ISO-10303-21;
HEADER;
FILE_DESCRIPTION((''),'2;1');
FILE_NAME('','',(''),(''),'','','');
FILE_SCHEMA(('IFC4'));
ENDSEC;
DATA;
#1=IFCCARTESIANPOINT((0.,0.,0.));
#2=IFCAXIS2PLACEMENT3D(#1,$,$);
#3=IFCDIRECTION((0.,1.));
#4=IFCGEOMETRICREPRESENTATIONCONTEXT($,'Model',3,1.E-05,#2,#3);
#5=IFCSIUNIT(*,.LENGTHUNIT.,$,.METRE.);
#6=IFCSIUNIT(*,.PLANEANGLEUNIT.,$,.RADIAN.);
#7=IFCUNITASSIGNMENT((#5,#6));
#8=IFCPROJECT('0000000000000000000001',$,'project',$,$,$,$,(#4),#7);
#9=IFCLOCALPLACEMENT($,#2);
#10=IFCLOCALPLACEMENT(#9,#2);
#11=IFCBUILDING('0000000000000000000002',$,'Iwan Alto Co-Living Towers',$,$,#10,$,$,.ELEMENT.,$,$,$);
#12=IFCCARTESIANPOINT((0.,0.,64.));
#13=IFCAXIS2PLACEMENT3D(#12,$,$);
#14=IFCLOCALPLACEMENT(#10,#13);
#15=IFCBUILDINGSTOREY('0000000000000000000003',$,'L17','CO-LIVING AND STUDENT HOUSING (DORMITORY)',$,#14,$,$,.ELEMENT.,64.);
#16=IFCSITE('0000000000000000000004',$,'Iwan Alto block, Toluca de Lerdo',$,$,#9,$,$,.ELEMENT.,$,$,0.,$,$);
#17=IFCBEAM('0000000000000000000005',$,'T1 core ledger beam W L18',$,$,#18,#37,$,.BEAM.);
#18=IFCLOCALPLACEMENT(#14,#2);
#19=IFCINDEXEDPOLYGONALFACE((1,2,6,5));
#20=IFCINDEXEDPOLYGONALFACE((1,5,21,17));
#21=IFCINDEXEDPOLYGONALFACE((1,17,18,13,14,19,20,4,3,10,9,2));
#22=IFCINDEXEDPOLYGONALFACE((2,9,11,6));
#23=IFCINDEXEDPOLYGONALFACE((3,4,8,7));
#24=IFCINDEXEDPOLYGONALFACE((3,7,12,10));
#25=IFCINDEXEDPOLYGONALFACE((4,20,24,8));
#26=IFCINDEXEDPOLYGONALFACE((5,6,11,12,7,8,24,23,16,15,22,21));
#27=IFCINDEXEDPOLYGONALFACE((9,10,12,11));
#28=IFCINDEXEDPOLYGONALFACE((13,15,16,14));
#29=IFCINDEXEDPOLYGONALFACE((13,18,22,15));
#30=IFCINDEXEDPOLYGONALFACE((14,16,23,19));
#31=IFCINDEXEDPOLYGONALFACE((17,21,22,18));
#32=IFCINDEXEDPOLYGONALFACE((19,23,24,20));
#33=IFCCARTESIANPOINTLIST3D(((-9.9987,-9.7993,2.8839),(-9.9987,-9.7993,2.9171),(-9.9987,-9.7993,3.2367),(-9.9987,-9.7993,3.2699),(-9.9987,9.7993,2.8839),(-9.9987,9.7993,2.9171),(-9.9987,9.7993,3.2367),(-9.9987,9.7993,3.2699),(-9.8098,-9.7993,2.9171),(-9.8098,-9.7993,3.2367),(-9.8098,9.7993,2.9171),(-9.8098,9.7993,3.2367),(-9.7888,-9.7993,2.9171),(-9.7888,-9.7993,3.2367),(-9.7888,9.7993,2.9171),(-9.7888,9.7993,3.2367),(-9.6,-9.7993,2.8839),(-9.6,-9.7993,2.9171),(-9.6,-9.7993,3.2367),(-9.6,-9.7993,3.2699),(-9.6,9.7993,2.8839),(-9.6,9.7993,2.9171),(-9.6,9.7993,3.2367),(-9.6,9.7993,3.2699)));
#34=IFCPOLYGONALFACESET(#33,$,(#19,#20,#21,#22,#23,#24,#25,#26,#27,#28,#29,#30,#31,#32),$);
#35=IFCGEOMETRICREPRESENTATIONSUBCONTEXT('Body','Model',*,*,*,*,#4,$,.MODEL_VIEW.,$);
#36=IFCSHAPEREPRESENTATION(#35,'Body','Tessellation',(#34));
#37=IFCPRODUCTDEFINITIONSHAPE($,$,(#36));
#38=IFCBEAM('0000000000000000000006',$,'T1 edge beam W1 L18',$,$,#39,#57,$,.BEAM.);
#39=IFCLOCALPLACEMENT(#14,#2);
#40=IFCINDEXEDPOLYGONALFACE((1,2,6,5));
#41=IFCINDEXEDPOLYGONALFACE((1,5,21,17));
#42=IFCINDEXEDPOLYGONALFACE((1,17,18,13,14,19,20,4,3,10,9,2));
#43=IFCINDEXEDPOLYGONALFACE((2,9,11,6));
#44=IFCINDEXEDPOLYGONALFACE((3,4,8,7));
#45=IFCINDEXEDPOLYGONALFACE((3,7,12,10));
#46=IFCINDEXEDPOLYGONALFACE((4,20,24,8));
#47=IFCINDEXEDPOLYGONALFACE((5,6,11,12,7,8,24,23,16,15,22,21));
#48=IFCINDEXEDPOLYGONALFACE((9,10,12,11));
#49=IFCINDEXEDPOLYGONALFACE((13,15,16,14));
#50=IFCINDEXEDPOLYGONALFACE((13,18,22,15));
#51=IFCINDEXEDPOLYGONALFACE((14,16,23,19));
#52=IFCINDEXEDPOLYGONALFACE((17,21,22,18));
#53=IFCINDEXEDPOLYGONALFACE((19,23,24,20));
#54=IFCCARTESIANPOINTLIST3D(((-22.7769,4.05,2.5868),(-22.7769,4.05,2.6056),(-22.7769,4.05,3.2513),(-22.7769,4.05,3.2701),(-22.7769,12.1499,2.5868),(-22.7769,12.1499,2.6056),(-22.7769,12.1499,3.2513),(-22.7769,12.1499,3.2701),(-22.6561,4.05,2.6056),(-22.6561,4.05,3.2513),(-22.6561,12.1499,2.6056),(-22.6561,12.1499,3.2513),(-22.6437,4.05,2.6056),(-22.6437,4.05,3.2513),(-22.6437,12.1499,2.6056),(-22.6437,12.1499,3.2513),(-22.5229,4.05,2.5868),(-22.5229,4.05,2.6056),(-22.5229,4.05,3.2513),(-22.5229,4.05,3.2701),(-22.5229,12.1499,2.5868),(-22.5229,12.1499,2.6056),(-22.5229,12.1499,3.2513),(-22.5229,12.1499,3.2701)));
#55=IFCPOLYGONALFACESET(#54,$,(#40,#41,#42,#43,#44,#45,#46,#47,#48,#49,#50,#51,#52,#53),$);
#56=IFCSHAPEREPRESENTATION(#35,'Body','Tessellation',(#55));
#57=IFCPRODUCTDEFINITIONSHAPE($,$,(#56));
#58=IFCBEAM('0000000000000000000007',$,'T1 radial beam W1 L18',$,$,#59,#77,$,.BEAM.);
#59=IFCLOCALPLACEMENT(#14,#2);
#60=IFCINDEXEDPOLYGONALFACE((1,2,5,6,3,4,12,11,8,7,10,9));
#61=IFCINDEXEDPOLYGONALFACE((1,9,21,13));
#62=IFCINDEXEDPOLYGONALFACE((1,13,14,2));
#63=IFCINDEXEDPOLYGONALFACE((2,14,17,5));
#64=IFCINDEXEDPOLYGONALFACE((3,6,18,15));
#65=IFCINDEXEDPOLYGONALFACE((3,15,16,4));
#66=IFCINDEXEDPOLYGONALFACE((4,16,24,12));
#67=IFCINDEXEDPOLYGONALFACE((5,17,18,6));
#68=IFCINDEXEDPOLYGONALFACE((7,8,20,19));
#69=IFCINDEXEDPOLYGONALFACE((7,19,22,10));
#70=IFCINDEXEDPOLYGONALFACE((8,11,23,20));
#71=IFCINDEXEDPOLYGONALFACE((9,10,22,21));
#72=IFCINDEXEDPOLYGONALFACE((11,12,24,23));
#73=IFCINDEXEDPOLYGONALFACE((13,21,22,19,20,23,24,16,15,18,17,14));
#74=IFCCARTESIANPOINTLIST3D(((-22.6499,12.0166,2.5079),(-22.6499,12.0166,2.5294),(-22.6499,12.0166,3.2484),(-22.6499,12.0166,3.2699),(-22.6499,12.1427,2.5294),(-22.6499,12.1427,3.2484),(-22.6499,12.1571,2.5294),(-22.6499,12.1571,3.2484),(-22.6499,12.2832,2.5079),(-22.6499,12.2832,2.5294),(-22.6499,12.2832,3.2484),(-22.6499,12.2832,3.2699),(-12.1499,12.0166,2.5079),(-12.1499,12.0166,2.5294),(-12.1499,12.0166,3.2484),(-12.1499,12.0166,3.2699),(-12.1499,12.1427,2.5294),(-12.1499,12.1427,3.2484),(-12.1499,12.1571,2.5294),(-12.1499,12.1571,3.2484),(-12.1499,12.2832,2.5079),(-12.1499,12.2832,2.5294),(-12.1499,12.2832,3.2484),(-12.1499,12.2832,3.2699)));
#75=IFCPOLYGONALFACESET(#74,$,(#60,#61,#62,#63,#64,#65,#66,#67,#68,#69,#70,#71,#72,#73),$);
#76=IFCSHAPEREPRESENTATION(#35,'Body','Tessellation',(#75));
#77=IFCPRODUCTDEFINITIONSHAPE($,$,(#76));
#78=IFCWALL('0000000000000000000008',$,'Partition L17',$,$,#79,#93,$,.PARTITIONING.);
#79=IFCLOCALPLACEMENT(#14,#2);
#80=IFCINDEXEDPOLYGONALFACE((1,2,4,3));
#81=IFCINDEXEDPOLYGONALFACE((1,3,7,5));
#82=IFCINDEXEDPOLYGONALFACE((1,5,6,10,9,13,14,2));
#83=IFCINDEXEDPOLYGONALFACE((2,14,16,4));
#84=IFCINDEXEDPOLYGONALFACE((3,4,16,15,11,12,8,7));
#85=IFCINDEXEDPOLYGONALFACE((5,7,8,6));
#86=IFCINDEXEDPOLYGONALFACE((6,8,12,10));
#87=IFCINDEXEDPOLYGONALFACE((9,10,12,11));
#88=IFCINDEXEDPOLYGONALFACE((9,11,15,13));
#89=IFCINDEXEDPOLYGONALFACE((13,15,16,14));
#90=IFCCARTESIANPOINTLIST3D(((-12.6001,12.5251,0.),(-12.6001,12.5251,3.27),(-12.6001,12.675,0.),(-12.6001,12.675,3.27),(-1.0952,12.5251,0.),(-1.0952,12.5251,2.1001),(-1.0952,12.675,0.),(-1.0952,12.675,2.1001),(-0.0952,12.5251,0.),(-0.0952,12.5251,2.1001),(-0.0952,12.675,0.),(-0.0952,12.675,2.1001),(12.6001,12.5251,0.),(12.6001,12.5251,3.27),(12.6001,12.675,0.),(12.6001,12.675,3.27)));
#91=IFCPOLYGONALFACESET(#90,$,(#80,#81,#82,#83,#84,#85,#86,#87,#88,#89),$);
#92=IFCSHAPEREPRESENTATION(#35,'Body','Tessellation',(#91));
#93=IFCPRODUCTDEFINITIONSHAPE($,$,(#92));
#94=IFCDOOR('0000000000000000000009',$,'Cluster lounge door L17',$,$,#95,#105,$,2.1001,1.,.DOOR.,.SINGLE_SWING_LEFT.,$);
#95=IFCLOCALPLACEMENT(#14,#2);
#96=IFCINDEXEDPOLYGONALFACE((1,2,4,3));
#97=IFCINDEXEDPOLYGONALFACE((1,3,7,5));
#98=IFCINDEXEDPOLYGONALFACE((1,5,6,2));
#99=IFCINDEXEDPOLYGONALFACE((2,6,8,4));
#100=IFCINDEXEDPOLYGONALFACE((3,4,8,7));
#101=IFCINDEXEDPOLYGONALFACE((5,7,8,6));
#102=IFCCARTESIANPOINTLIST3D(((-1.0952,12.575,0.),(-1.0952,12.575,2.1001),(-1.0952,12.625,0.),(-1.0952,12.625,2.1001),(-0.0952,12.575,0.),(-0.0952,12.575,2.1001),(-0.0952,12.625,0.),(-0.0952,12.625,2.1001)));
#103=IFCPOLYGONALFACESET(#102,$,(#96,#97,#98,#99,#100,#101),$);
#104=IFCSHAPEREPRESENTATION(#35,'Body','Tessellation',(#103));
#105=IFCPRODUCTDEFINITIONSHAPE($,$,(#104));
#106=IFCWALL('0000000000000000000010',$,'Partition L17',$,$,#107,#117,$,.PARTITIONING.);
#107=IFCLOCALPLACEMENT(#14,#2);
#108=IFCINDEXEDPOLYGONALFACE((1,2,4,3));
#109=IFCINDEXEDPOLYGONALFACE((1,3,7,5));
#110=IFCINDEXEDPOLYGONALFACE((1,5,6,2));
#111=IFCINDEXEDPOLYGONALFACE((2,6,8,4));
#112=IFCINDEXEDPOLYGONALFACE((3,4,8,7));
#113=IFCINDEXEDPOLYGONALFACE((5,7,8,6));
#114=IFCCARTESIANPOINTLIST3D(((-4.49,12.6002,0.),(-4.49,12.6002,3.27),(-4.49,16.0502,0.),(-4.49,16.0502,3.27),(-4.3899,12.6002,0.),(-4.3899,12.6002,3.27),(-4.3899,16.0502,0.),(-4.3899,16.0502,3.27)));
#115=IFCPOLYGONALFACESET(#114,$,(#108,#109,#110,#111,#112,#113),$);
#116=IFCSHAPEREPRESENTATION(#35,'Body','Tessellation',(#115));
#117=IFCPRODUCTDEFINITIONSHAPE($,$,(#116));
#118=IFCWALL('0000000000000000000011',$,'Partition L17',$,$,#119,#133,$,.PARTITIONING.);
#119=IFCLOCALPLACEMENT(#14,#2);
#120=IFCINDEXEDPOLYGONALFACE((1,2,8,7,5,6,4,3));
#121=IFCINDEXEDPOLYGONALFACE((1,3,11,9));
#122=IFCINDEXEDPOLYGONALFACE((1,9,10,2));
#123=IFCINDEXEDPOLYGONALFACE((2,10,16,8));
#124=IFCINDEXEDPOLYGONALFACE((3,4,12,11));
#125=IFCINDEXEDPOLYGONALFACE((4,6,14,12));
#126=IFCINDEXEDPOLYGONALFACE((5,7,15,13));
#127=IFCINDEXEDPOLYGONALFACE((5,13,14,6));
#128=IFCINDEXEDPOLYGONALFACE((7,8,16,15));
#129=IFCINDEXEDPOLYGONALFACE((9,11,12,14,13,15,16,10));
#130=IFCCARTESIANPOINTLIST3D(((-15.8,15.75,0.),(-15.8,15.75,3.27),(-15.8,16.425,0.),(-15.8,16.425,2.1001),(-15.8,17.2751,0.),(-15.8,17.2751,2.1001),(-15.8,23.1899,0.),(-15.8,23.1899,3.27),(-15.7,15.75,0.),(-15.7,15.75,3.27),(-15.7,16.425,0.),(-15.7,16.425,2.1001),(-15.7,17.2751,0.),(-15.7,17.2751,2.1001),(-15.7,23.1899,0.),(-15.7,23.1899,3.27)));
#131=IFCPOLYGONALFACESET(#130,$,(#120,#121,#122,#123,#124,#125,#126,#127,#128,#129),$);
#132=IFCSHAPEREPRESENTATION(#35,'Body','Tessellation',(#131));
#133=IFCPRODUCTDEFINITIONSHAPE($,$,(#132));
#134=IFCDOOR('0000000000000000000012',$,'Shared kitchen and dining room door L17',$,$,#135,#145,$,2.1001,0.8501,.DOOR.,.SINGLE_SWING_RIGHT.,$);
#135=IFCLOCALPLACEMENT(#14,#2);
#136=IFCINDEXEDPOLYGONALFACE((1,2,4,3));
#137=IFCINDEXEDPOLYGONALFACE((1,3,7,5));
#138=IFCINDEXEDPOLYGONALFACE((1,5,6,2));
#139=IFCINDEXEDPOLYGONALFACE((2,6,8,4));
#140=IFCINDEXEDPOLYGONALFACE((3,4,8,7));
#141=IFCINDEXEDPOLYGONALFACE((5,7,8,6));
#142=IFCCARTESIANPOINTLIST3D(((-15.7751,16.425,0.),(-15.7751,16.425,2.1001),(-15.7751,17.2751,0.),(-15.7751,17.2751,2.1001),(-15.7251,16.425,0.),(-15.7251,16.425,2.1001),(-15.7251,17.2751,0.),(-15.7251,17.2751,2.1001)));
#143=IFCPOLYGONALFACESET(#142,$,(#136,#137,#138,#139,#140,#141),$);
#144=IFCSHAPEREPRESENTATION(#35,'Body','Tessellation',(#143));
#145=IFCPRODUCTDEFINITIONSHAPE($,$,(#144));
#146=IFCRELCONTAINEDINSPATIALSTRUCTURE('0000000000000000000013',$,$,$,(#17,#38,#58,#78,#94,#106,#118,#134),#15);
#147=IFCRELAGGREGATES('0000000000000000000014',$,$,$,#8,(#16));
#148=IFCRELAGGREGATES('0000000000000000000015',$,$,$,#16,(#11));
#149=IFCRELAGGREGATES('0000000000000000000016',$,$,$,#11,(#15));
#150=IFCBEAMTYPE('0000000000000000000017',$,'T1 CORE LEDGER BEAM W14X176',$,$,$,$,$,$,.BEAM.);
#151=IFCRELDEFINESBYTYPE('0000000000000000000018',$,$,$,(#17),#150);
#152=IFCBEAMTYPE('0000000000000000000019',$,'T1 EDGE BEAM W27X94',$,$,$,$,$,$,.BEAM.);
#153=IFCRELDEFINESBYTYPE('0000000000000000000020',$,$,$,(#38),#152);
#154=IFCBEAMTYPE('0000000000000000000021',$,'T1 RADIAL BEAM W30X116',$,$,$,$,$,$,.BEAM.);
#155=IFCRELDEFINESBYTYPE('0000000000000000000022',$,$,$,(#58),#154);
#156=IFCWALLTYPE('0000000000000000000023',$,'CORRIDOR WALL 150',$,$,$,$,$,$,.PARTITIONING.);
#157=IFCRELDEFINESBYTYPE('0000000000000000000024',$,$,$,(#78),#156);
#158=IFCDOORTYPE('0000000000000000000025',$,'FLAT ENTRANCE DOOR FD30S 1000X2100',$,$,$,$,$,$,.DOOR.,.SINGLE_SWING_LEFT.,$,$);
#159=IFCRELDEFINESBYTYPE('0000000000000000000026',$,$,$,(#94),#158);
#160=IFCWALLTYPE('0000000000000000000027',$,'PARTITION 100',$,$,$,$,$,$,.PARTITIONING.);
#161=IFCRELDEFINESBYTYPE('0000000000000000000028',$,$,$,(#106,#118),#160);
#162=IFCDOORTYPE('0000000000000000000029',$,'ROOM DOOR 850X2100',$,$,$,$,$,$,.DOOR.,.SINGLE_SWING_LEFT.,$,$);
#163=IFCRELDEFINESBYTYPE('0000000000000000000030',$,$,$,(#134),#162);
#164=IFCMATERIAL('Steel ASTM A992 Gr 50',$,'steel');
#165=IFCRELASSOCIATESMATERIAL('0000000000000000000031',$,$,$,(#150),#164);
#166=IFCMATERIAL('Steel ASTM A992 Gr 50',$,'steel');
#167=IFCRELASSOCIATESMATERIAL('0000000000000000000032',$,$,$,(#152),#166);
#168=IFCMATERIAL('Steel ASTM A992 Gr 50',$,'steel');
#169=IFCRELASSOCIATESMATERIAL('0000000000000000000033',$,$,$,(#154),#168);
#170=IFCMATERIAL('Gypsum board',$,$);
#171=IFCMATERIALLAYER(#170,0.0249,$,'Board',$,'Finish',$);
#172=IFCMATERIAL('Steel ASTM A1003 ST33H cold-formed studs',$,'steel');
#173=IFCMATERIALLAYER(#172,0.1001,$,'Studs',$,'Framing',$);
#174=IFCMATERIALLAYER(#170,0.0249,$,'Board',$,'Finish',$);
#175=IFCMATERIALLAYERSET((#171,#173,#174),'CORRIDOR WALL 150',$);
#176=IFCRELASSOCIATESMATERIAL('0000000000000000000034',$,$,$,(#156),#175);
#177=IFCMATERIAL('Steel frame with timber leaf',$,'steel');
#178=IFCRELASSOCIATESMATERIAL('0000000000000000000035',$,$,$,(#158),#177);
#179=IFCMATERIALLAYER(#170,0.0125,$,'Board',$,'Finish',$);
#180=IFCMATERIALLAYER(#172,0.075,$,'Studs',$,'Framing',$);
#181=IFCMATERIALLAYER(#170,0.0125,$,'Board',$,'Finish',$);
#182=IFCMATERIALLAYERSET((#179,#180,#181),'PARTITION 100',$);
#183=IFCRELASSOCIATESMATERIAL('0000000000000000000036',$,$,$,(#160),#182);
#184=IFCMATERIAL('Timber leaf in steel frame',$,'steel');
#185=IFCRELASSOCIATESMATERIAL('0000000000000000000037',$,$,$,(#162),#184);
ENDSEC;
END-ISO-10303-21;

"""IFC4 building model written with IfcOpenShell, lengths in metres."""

from ifc_helpers import new_model, si_unit, direction, frame, frame_2d, origin, origin_2d, place, context, subcontext, project, spatial, rectangle, i_section, extrude, material, layer, layer_set, material_profile, profile_set, type_object, element, fill, save


model = new_model("IFC4")

# Units and contexts
model_context = context("Model", 3, precision=1e-05, world=origin(), true_north=direction((0.0, 1.0)))
body_context = subcontext(model_context, "Body", "Model", "MODEL_VIEW")
ifc_project = project(units=[si_unit("LENGTHUNIT", "METRE"), si_unit("PLANEANGLEUNIT", "RADIAN")], contexts=[model_context])

# Site, building, storey
site_placement = place(None, origin())
site = spatial("IfcSite", under=ifc_project, at=site_placement, Name="Iwan Alto block, Toluca de Lerdo", CompositionType="ELEMENT", RefElevation=0.0)
building_placement = place(site_placement, origin())
building = spatial("IfcBuilding", under=site, at=building_placement, Name="Iwan Alto Co-Living Towers", CompositionType="ELEMENT")
storey_placement = place(building_placement, frame((0.0, 0.0, 64.0)))
storey = spatial("IfcBuildingStorey", under=building, at=storey_placement, Name="L17", Description="CO-LIVING AND STUDENT HOUSING (DORMITORY)", CompositionType="ELEMENT", Elevation=64.0)

# Beams
ifc_material_1 = material(Name="Steel ASTM A992 Gr 50", Category="steel")
ifc_material_profile_1 = material_profile(ifc_material_1, i_section(OverallWidth=0.3987, OverallDepth=0.386, WebThickness=0.021, FlangeThickness=0.0332, at=origin_2d()), Name="W14X176")
ifc_profile_set_1 = profile_set([ifc_material_profile_1], Name="Steel ASTM A992 Gr 50")
beam_type_1 = type_object("IfcBeamType", Name="T1 CORE LEDGER BEAM W14X176", PredefinedType="BEAM", material=ifc_profile_set_1)
beam_1_placement = place(storey_placement, frame((-9.7993, 9.7993, 3.0769), z_axis=(0.0, -1.0, 0.0), x_axis=(1.0, 0.0, 0.0)))
element("IfcBeam", 1, at=beam_1_placement, inside=storey, type_object=beam_type_1, Name="T1 core ledger beam W L18", PredefinedType="BEAM", context=body_context, shape_type="SweptSolid", body=[
    extrude(i_section(OverallWidth=0.3987, OverallDepth=0.386, WebThickness=0.021, FlangeThickness=0.0332, at=origin_2d()), origin(), (0.0, 0.0, 1.0), 19.5986),
])
ifc_material_2 = material(Name="Steel ASTM A992 Gr 50", Category="steel")
ifc_material_profile_2 = material_profile(ifc_material_2, i_section(OverallWidth=0.2539, OverallDepth=0.6833, WebThickness=0.0125, FlangeThickness=0.0188, at=origin_2d()), Name="W27X94")
ifc_profile_set_2 = profile_set([ifc_material_profile_2], Name="Steel ASTM A992 Gr 50")
beam_type_2 = type_object("IfcBeamType", Name="T1 EDGE BEAM W27X94", PredefinedType="BEAM", material=ifc_profile_set_2)
beam_2_placement = place(storey_placement, frame((-22.6499, 12.1499, 2.9285), z_axis=(0.0, -1.0, 0.0), x_axis=(1.0, 0.0, 0.0)))
element("IfcBeam", 2, at=beam_2_placement, inside=storey, type_object=beam_type_2, Name="T1 edge beam W1 L18", PredefinedType="BEAM", context=body_context, shape_type="SweptSolid", body=[
    extrude(i_section(OverallWidth=0.2539, OverallDepth=0.6833, WebThickness=0.0125, FlangeThickness=0.0188, at=origin_2d()), origin(), (0.0, 0.0, 1.0), 8.0999),
])
ifc_material_3 = material(Name="Steel ASTM A992 Gr 50", Category="steel")
ifc_material_profile_3 = material_profile(ifc_material_3, i_section(OverallWidth=0.2666, OverallDepth=0.762, WebThickness=0.0144, FlangeThickness=0.0215, at=origin_2d()), Name="W30X116")
ifc_profile_set_3 = profile_set([ifc_material_profile_3], Name="Steel ASTM A992 Gr 50")
beam_type_3 = type_object("IfcBeamType", Name="T1 RADIAL BEAM W30X116", PredefinedType="BEAM", material=ifc_profile_set_3)
beam_3_placement = place(storey_placement, frame((-22.6499, 12.1499, 2.8889), z_axis=(1.0, 0.0, 0.0), x_axis=(0.0, 1.0, 0.0)))
element("IfcBeam", 3, at=beam_3_placement, inside=storey, type_object=beam_type_3, Name="T1 radial beam W1 L18", PredefinedType="BEAM", context=body_context, shape_type="SweptSolid", body=[
    extrude(i_section(OverallWidth=0.2666, OverallDepth=0.762, WebThickness=0.0144, FlangeThickness=0.0215, at=origin_2d()), origin(), (0.0, 0.0, 1.0), 10.5),
])

# Wall, opening, door
ifc_material_4 = material(Name="Gypsum board")
ifc_layer_1 = layer(ifc_material_4, 0.0249, Name="Board", Category="Finish")
ifc_material_5 = material(Name="Steel ASTM A1003 ST33H cold-formed studs", Category="steel")
ifc_layer_2 = layer(ifc_material_5, 0.1001, Name="Studs", Category="Framing")
ifc_layer_3 = layer(ifc_material_4, 0.0249, Name="Board", Category="Finish")
ifc_layer_set_1 = layer_set([ifc_layer_1, ifc_layer_2, ifc_layer_3], Name="CORRIDOR WALL 150")
wall_type_1 = type_object("IfcWallType", Name="CORRIDOR WALL 150", PredefinedType="PARTITIONING", material=ifc_layer_set_1)
wall_1_placement = place(storey_placement, frame((-12.6001, 12.6001, 0.0), z_axis=(0.0, 0.0, 1.0), x_axis=(1.0, 0.0, 0.0)))
wall_1 = element("IfcWall", 4, at=wall_1_placement, inside=storey, type_object=wall_type_1, Name="Partition L17", PredefinedType="PARTITIONING", context=body_context, shape_type="SweptSolid", body=[
    extrude(rectangle(XDim=25.2002, YDim=0.1499, at=frame_2d((12.6001, 0.0))), origin(), (0.0, 0.0, 1.0), 3.27),
])
opening_1_placement = place(wall_1_placement, frame((11.5049, 0.0, 0.0)))
opening_1 = element("IfcOpeningElement", 5, at=opening_1_placement, cuts=wall_1, PredefinedType="OPENING", context=body_context, shape_type="SweptSolid", body=[
    extrude(rectangle(XDim=1.0, YDim=2.1001, at=frame_2d((0.5, 1.05))), frame((0.0, 0.085, 0.0), z_axis=(0.0, -1.0, 0.0), x_axis=(1.0, 0.0, 0.0)), (0.0, 0.0, 1.0), 0.1699),
])
ifc_material_6 = material(Name="Steel frame with timber leaf", Category="steel")
door_type_1 = type_object("IfcDoorType", Name="FLAT ENTRANCE DOOR FD30S 1000X2100", OperationType="SINGLE_SWING_LEFT", PredefinedType="DOOR", material=ifc_material_6)
door_1_placement = place(opening_1_placement, origin())
door_1 = element("IfcDoor", 6, at=door_1_placement, inside=storey, type_object=door_type_1, Name="Cluster lounge door L17", OperationType="SINGLE_SWING_LEFT", OverallHeight=2.1001, OverallWidth=1.0, PredefinedType="DOOR", context=body_context, shape_type="SweptSolid", body=[
    extrude(rectangle(XDim=1.0, YDim=2.1001, at=frame_2d((0.5, 1.05))), frame((0.0, 0.0249, 0.0), z_axis=(0.0, -1.0, 0.0), x_axis=(1.0, 0.0, 0.0)), (0.0, 0.0, 1.0), 0.05),
])
fill(opening_1, door_1)

# Wall
ifc_layer_4 = layer(ifc_material_4, 0.0125, Name="Board", Category="Finish")
ifc_layer_5 = layer(ifc_material_5, 0.075, Name="Studs", Category="Framing")
ifc_layer_6 = layer(ifc_material_4, 0.0125, Name="Board", Category="Finish")
ifc_layer_set_2 = layer_set([ifc_layer_4, ifc_layer_5, ifc_layer_6], Name="PARTITION 100")
wall_type_2 = type_object("IfcWallType", Name="PARTITION 100", PredefinedType="PARTITIONING", material=ifc_layer_set_2)
wall_2_placement = place(storey_placement, frame((-4.4399, 12.6001, 0.0), z_axis=(0.0, 0.0, 1.0), x_axis=(0.0, 1.0, 0.0)))
element("IfcWall", 7, at=wall_2_placement, inside=storey, type_object=wall_type_2, Name="Partition L17", PredefinedType="PARTITIONING", context=body_context, shape_type="SweptSolid", body=[
    extrude(rectangle(XDim=3.45, YDim=0.1001, at=frame_2d((1.7251, 0.0))), origin(), (0.0, 0.0, 1.0), 3.27),
])

# Wall, opening, door
wall_3_placement = place(storey_placement, frame((-15.75, 15.75, 0.0), z_axis=(0.0, 0.0, 1.0), x_axis=(0.0, 1.0, 0.0)))
wall_3 = element("IfcWall", 8, at=wall_3_placement, inside=storey, type_object=wall_type_2, Name="Partition L17", PredefinedType="PARTITIONING", context=body_context, shape_type="SweptSolid", body=[
    extrude(rectangle(XDim=7.4399, YDim=0.1001, at=frame_2d((3.72, 0.0))), origin(), (0.0, 0.0, 1.0), 3.27),
])
opening_2_placement = place(wall_3_placement, frame((0.675, 0.0, 0.0)))
opening_2 = element("IfcOpeningElement", 9, at=opening_2_placement, cuts=wall_3, PredefinedType="OPENING", context=body_context, shape_type="SweptSolid", body=[
    extrude(rectangle(XDim=0.8501, YDim=2.1001, at=frame_2d((0.425, 1.05))), frame((0.0, 0.0601, 0.0), z_axis=(0.0, -1.0, 0.0), x_axis=(1.0, 0.0, 0.0)), (0.0, 0.0, 1.0), 0.1201),
])
ifc_material_7 = material(Name="Timber leaf in steel frame", Category="steel")
door_type_2 = type_object("IfcDoorType", Name="ROOM DOOR 850X2100", OperationType="SINGLE_SWING_LEFT", PredefinedType="DOOR", material=ifc_material_7)
door_2_placement = place(opening_2_placement, frame((0.8501, 0.0, 0.0), z_axis=(0.0, 0.0, 1.0), x_axis=(-1.0, 0.0, 0.0)))
door_2 = element("IfcDoor", 10, at=door_2_placement, inside=storey, type_object=door_type_2, Name="Shared kitchen and dining room door L17", OperationType="SINGLE_SWING_RIGHT", OverallHeight=2.1001, OverallWidth=0.8501, PredefinedType="DOOR", context=body_context, shape_type="SweptSolid", body=[
    extrude(rectangle(XDim=0.8501, YDim=2.1001, at=frame_2d((0.425, 1.05))), frame((0.0, 0.0249, 0.0), z_axis=(0.0, -1.0, 0.0), x_axis=(1.0, 0.0, 0.0)), (0.0, 0.0, 1.0), 0.05),
])
fill(opening_2, door_2)

save(model, "model.ifc")
